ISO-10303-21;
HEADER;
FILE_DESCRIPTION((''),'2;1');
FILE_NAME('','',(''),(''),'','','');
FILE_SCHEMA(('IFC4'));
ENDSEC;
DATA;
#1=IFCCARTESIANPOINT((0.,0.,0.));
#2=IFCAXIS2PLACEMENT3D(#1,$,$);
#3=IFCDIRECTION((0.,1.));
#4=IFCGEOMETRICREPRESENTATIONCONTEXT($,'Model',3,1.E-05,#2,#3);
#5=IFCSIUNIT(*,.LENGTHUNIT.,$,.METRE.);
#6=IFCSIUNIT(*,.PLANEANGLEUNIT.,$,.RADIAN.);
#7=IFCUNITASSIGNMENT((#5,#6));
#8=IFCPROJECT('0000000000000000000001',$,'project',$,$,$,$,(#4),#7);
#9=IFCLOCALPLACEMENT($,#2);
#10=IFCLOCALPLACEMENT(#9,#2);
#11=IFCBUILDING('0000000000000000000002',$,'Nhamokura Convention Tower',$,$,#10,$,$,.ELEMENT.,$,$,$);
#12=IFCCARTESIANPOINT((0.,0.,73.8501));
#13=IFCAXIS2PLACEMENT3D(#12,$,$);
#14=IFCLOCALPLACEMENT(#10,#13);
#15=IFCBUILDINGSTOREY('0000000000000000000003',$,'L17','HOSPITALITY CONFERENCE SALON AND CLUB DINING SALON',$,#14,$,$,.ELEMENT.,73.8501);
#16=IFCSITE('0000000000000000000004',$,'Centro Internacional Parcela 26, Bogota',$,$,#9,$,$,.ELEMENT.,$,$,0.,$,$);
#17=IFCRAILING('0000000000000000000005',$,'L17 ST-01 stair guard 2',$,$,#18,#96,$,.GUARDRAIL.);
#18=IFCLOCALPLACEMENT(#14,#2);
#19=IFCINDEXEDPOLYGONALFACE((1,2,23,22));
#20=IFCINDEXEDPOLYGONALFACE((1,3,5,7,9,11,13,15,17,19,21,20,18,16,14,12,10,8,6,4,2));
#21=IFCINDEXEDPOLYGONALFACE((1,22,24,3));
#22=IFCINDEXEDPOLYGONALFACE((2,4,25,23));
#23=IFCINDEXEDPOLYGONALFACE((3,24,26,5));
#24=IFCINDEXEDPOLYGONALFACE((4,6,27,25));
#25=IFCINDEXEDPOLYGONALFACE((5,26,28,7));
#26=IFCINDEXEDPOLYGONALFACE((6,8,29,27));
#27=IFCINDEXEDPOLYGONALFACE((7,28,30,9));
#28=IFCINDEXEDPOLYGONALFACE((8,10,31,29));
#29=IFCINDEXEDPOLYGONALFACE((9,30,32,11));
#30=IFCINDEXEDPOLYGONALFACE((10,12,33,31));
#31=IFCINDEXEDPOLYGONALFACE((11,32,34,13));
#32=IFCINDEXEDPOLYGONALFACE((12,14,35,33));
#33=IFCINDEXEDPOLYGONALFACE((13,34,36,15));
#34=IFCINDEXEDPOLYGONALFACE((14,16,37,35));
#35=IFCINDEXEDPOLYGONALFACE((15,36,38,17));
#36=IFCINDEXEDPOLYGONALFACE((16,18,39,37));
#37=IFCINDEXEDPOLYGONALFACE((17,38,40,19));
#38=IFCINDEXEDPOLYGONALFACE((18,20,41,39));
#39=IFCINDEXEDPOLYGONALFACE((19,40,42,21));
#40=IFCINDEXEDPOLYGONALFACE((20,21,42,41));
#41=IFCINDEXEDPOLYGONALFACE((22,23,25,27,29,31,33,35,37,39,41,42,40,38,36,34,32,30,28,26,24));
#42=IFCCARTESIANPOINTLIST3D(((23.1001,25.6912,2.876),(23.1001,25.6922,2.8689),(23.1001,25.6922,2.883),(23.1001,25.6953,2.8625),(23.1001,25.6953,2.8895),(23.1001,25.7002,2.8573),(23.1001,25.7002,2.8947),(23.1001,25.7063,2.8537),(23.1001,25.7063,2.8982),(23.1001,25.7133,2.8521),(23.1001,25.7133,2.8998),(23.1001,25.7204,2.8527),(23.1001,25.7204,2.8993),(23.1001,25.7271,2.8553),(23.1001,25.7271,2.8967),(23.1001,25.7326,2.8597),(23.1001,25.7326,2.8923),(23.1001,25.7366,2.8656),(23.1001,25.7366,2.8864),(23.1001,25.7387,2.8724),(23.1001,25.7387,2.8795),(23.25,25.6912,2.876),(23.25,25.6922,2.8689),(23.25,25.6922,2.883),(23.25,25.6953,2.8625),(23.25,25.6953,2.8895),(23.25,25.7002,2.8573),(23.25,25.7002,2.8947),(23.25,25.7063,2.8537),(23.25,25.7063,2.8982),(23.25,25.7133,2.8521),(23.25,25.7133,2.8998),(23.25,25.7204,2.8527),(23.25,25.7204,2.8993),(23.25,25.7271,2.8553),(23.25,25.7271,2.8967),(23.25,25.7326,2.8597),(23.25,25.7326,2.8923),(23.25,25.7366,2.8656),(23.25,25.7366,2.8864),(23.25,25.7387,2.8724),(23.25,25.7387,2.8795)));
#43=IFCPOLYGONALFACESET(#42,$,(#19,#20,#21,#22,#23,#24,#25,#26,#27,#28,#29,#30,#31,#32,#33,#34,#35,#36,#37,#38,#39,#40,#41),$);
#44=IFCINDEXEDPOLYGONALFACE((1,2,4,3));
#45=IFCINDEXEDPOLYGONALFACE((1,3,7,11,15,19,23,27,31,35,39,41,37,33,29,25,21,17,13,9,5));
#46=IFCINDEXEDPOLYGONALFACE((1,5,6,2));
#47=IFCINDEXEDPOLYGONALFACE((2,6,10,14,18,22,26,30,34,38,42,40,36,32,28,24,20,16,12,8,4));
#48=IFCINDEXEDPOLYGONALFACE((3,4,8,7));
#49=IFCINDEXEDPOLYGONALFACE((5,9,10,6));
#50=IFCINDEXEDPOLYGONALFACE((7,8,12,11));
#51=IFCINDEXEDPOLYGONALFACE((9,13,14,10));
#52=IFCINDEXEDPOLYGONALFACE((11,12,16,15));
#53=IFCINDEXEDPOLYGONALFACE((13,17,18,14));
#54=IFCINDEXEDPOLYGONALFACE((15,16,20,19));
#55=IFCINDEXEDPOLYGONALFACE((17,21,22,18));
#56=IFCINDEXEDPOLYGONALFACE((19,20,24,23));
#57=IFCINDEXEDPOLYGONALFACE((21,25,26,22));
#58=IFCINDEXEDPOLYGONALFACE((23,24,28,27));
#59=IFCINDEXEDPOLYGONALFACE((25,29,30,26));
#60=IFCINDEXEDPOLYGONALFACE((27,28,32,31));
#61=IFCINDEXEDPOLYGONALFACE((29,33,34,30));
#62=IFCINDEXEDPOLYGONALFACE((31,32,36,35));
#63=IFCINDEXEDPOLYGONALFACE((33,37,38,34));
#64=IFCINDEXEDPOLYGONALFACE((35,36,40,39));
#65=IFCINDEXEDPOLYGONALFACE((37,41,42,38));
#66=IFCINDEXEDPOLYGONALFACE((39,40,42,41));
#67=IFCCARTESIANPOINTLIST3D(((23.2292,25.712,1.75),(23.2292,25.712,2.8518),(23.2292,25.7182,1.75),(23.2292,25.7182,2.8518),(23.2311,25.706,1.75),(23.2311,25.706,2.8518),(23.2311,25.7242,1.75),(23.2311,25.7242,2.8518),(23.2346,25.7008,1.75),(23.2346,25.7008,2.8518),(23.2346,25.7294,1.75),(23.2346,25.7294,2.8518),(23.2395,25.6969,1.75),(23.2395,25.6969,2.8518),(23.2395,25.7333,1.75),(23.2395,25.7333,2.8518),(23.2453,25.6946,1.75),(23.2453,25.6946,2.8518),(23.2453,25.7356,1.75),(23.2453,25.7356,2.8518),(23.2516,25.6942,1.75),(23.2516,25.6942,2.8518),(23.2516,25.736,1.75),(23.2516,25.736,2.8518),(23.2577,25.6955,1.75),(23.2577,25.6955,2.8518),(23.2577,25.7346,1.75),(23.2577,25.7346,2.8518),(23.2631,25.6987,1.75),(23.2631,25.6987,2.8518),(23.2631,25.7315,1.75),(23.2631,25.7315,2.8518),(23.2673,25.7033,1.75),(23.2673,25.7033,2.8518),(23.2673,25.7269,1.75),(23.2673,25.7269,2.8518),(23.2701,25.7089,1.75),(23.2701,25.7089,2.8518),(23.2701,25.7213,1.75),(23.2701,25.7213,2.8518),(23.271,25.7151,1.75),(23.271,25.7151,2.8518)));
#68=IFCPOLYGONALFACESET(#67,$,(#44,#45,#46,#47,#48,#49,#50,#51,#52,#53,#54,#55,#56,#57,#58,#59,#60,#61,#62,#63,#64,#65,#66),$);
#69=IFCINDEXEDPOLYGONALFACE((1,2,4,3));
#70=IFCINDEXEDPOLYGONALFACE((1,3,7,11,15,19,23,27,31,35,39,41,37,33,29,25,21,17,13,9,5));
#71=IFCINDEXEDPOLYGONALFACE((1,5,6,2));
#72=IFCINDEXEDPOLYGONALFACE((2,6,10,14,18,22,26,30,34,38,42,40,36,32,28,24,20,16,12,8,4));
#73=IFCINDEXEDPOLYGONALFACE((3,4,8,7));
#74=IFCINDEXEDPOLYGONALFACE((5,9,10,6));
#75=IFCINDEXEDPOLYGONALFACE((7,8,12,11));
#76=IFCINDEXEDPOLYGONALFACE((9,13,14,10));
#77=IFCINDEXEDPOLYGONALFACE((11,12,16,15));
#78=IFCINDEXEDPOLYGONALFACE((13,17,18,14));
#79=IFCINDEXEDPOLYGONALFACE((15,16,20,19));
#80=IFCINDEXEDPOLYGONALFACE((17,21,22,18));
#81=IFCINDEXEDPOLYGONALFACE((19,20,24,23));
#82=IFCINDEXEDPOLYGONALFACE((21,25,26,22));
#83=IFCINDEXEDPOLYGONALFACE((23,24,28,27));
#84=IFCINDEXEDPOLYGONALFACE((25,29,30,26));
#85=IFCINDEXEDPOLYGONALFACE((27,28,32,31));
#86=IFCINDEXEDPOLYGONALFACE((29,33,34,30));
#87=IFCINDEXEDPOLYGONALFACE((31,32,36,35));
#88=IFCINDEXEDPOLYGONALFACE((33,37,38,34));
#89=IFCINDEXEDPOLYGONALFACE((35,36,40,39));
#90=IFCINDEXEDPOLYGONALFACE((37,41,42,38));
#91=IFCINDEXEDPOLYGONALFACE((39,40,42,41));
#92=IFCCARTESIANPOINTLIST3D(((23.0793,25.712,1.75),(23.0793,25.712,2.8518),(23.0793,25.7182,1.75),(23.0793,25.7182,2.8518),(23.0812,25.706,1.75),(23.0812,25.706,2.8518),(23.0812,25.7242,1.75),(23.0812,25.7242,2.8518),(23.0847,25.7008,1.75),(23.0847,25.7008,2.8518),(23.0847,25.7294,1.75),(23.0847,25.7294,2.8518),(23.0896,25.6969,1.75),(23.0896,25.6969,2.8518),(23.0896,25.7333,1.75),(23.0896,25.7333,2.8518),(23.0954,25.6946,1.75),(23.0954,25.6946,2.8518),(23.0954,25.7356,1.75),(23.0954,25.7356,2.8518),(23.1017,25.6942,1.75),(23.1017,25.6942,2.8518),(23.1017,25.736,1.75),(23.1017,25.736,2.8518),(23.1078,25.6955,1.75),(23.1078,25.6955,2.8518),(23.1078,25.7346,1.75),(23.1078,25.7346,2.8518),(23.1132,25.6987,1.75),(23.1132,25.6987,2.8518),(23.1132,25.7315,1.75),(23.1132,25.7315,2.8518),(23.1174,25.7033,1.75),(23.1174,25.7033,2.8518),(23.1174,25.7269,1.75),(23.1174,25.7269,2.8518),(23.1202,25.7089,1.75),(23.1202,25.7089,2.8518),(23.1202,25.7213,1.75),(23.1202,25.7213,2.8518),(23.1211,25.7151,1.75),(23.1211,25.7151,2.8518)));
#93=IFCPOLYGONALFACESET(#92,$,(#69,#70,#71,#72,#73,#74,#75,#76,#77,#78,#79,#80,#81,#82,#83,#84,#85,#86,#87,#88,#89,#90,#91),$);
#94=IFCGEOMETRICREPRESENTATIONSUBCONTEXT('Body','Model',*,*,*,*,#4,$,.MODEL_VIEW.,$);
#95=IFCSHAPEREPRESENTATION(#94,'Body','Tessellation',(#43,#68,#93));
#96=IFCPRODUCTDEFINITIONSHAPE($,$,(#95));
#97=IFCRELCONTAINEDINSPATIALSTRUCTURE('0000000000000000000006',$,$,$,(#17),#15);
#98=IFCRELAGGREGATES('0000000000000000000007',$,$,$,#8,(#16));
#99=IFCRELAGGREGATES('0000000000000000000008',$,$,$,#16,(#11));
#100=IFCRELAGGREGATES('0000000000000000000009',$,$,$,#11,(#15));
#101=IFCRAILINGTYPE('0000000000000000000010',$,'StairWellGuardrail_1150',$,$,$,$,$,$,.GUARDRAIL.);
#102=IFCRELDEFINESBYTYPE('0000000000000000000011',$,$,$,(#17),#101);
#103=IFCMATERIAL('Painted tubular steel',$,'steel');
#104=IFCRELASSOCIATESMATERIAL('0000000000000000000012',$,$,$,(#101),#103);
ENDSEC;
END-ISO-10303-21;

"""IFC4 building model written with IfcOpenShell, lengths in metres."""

from ifc_helpers import new_model, si_unit, direction, frame, origin, origin_2d, place, context, subcontext, project, spatial, circle, extrude, material, type_object, element, save


model = new_model("IFC4")

# Units and contexts
model_context = context("Model", 3, precision=1e-05, world=origin(), true_north=direction((0.0, 1.0)))
body_context = subcontext(model_context, "Body", "Model", "MODEL_VIEW")
ifc_project = project(units=[si_unit("LENGTHUNIT", "METRE"), si_unit("PLANEANGLEUNIT", "RADIAN")], contexts=[model_context])

# Site, building, storey
site_placement = place(None, origin())
site = spatial("IfcSite", under=ifc_project, at=site_placement, Name="Centro Internacional Parcela 26, Bogota", CompositionType="ELEMENT", RefElevation=0.0)
building_placement = place(site_placement, origin())
building = spatial("IfcBuilding", under=site, at=building_placement, Name="Nhamokura Convention Tower", CompositionType="ELEMENT")
storey_placement = place(building_placement, frame((0.0, 0.0, 73.8501)))
storey = spatial("IfcBuildingStorey", under=building, at=storey_placement, Name="L17", Description="HOSPITALITY CONFERENCE SALON AND CLUB DINING SALON", CompositionType="ELEMENT", Elevation=73.8501)

# Railing
ifc_material_1 = material(Name="Painted tubular steel", Category="steel")
railing_type_1 = type_object("IfcRailingType", Name="StairWellGuardrail_1150", PredefinedType="GUARDRAIL", material=ifc_material_1)
railing_1_placement = place(storey_placement, frame((23.25, 25.7151, 1.75)))
element("IfcRailing", 1, at=railing_1_placement, inside=storey, type_object=railing_type_1, Name="L17 ST-01 stair guard 2", PredefinedType="GUARDRAIL", context=body_context, shape_type="SweptSolid", body=[
    extrude(circle(Radius=0.0239, at=origin_2d()), frame((0.0, 0.0, 1.126), z_axis=(-1.0, 0.0, 0.0), x_axis=(0.0, -1.0, 0.0)), (0.0, 0.0, 1.0), 0.1499),
    extrude(circle(Radius=0.021, at=origin_2d()), origin(), (0.0, 0.0, 1.0), 1.1018),
    extrude(circle(Radius=0.021, at=origin_2d()), frame((-0.1499, 0.0, 0.0)), (0.0, 0.0, 1.0), 1.1018),
])

save(model, "model.ifc")
